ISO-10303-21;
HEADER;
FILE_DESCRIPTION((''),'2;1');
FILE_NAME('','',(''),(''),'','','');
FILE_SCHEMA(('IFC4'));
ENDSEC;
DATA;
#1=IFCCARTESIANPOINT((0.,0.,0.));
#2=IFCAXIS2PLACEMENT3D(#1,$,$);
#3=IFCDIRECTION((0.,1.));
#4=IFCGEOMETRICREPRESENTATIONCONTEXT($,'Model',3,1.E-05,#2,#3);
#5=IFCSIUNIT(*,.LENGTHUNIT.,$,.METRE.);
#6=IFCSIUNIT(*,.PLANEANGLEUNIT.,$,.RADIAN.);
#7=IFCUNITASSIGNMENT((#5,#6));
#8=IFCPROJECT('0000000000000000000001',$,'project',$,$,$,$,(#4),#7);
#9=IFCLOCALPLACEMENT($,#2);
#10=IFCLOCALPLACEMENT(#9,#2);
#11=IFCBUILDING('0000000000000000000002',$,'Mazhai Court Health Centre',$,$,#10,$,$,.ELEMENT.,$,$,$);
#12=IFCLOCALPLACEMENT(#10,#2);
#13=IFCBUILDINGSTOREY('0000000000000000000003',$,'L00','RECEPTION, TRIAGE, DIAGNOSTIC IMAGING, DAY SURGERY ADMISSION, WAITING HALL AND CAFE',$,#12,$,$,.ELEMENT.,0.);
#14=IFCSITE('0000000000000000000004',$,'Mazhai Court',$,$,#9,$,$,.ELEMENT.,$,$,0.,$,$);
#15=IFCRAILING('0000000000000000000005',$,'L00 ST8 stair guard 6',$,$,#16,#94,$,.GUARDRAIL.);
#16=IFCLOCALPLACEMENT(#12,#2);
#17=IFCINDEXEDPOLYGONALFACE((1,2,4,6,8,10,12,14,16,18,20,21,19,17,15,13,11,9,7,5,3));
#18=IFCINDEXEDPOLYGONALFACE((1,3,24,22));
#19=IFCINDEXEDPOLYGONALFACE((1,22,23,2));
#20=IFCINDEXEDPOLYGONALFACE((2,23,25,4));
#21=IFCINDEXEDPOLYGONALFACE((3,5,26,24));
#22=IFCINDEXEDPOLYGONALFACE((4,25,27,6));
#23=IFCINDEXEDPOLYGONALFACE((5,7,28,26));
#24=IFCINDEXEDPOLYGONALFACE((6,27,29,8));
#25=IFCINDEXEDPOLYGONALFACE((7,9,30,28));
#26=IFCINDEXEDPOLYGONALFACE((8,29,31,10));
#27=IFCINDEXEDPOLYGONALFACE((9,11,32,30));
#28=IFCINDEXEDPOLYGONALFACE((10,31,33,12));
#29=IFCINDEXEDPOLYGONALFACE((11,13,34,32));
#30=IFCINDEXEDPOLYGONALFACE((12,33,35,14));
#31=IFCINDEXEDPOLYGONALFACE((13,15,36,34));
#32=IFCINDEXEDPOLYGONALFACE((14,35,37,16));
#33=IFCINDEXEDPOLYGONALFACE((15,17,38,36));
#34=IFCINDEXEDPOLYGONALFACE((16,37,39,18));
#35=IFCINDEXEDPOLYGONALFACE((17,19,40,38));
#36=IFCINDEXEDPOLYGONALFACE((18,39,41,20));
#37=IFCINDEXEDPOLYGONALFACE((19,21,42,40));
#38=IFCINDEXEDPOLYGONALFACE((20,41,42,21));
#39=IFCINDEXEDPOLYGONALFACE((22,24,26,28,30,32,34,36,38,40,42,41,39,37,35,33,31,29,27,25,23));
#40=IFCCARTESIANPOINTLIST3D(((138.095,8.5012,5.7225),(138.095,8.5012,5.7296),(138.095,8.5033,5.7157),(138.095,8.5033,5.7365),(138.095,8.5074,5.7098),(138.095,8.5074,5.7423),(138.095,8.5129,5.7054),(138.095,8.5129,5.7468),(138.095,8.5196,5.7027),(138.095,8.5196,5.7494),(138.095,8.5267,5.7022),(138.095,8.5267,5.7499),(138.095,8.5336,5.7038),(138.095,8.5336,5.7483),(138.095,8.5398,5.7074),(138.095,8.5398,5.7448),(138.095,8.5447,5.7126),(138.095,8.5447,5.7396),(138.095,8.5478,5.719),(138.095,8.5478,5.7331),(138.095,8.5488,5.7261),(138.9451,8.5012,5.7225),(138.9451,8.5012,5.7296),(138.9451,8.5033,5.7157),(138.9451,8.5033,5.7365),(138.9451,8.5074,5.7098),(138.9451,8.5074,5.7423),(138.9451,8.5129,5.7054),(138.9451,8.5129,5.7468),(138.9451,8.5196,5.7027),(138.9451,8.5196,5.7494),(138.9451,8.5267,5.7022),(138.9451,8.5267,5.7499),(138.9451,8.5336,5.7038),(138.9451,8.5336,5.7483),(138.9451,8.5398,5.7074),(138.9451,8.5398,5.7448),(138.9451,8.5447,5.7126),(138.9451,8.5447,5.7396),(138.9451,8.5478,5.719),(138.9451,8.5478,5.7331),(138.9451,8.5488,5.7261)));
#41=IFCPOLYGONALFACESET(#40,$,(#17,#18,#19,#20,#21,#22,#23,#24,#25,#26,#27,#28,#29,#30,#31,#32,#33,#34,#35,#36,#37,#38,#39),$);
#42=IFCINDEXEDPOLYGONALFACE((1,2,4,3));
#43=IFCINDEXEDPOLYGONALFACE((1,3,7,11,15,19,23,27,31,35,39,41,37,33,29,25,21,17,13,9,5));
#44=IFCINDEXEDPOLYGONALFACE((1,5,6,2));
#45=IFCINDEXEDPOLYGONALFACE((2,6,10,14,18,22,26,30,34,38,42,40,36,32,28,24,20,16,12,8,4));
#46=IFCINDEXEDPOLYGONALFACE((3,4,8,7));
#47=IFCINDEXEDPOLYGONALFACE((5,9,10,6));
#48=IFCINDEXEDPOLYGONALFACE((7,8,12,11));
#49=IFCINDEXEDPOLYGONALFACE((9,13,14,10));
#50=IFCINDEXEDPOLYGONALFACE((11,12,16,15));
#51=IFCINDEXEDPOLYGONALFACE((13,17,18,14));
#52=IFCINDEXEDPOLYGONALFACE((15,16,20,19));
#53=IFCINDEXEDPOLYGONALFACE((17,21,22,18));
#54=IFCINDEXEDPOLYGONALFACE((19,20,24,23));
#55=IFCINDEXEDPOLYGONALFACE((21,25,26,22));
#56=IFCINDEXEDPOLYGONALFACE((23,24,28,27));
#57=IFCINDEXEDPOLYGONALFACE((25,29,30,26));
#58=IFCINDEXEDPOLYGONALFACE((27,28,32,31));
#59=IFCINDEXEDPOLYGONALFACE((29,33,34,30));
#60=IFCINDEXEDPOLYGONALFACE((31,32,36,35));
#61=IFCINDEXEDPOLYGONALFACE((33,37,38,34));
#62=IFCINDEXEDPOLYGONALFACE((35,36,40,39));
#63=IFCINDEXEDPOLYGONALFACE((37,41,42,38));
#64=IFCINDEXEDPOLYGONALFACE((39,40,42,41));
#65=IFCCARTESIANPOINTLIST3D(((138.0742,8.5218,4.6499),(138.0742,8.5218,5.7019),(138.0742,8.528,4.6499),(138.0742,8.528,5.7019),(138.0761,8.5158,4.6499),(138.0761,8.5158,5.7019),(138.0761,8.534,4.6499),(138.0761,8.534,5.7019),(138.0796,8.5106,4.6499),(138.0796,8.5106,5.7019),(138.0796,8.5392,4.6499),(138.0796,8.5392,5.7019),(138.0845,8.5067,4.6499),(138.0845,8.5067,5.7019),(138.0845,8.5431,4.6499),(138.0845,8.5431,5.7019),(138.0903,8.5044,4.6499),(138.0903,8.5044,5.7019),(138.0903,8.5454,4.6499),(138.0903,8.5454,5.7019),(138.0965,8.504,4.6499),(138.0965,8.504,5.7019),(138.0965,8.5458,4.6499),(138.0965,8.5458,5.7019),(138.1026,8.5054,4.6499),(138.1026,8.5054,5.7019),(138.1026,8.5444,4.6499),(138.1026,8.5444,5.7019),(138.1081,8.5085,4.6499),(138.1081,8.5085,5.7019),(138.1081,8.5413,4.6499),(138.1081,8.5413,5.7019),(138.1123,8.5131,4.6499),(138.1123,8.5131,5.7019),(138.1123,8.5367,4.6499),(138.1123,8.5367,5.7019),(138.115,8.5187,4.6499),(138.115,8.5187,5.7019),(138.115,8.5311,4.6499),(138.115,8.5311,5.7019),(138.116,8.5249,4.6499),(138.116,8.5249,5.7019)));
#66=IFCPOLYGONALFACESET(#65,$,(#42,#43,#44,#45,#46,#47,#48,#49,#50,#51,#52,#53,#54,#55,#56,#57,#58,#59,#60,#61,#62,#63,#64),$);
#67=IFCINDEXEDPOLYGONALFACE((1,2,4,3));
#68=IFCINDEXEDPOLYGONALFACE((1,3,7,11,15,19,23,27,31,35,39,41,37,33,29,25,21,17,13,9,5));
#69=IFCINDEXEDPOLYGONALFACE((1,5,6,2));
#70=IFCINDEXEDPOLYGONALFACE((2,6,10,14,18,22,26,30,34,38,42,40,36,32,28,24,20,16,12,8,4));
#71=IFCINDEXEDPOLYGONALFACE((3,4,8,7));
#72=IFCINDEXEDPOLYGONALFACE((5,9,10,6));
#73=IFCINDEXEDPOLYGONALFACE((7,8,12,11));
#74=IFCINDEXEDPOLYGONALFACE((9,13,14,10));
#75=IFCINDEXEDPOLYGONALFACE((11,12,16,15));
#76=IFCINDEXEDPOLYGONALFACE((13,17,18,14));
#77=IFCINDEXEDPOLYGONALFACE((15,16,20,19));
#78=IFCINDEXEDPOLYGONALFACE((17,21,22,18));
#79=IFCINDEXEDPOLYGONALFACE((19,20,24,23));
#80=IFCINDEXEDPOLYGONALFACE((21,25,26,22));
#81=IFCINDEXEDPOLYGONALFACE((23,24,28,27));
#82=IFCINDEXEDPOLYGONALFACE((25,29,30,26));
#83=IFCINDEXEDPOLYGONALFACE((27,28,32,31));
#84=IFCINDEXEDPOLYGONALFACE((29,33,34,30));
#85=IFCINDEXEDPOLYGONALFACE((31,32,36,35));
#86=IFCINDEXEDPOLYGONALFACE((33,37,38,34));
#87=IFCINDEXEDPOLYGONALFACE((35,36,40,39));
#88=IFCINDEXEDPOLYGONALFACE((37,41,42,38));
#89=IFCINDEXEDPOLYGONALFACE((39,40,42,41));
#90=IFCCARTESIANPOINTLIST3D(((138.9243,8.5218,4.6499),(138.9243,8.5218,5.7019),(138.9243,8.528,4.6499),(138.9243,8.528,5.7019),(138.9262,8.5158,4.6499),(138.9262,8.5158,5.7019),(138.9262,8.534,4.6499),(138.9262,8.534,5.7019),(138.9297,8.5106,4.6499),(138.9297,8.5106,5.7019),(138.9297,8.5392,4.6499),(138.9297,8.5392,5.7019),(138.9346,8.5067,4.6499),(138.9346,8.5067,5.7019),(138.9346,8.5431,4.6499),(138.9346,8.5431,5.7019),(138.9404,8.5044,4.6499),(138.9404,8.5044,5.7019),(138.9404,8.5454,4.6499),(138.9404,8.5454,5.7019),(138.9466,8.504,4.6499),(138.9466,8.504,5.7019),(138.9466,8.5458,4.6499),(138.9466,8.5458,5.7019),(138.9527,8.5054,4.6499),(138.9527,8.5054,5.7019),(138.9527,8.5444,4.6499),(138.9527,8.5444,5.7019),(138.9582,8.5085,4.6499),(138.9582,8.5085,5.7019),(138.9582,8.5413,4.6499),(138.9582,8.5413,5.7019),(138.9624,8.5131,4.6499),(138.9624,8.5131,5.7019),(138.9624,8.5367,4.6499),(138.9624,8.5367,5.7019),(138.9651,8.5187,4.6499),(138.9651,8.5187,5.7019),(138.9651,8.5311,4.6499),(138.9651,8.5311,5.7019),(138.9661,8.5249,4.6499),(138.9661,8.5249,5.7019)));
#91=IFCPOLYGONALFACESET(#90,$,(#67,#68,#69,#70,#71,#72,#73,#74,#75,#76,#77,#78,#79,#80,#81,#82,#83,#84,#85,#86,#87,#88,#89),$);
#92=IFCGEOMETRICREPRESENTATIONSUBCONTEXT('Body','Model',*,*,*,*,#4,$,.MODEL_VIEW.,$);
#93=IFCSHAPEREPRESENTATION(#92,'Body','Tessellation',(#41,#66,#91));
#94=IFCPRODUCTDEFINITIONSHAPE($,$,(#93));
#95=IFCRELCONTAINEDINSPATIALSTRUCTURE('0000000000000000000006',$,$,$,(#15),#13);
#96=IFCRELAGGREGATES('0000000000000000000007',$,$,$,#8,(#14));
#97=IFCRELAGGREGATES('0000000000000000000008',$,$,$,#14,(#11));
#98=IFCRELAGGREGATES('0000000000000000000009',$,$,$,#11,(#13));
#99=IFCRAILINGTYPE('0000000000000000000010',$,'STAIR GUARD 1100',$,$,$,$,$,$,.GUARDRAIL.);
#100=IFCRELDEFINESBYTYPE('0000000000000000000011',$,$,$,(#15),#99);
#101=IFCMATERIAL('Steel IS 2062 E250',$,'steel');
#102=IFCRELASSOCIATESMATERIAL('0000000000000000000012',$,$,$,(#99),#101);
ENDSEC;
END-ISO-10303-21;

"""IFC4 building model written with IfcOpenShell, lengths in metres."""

from ifc_helpers import new_model, si_unit, direction, frame, origin, origin_2d, place, context, subcontext, project, spatial, circle, extrude, material, type_object, element, save


model = new_model("IFC4")

# Units and contexts
model_context = context("Model", 3, precision=1e-05, world=origin(), true_north=direction((0.0, 1.0)))
body_context = subcontext(model_context, "Body", "Model", "MODEL_VIEW")
ifc_project = project(units=[si_unit("LENGTHUNIT", "METRE"), si_unit("PLANEANGLEUNIT", "RADIAN")], contexts=[model_context])

# Site, building, storey
site_placement = place(None, origin())
site = spatial("IfcSite", under=ifc_project, at=site_placement, Name="Mazhai Court", CompositionType="ELEMENT", RefElevation=0.0)
building_placement = place(site_placement, origin())
building = spatial("IfcBuilding", under=site, at=building_placement, Name="Mazhai Court Health Centre", CompositionType="ELEMENT")
storey_placement = place(building_placement, origin())
storey = spatial("IfcBuildingStorey", under=building, at=storey_placement, Name="L00", Description="RECEPTION, TRIAGE, DIAGNOSTIC IMAGING, DAY SURGERY ADMISSION, WAITING HALL AND CAFE", CompositionType="ELEMENT", Elevation=0.0)

# Railing
ifc_material_1 = material(Name="Steel IS 2062 E250", Category="steel")
railing_type_1 = type_object("IfcRailingType", Name="STAIR GUARD 1100", PredefinedType="GUARDRAIL", material=ifc_material_1)
railing_1_placement = place(storey_placement, frame((138.095, 8.5249, 4.6499)))
element("IfcRailing", 1, at=railing_1_placement, inside=storey, type_object=railing_type_1, Name="L00 ST8 stair guard 6", PredefinedType="GUARDRAIL", context=body_context, shape_type="SweptSolid", body=[
    extrude(circle(Radius=0.0239, at=origin_2d()), frame((0.0, 0.0, 1.0762), z_axis=(1.0, 0.0, 0.0), x_axis=(0.0, 1.0, 0.0)), (0.0, 0.0, 1.0), 0.8501),
    extrude(circle(Radius=0.021, at=origin_2d()), origin(), (0.0, 0.0, 1.0), 1.052),
    extrude(circle(Radius=0.021, at=origin_2d()), frame((0.8501, 0.0, 0.0)), (0.0, 0.0, 1.0), 1.052),
])

save(model, "model.ifc")
